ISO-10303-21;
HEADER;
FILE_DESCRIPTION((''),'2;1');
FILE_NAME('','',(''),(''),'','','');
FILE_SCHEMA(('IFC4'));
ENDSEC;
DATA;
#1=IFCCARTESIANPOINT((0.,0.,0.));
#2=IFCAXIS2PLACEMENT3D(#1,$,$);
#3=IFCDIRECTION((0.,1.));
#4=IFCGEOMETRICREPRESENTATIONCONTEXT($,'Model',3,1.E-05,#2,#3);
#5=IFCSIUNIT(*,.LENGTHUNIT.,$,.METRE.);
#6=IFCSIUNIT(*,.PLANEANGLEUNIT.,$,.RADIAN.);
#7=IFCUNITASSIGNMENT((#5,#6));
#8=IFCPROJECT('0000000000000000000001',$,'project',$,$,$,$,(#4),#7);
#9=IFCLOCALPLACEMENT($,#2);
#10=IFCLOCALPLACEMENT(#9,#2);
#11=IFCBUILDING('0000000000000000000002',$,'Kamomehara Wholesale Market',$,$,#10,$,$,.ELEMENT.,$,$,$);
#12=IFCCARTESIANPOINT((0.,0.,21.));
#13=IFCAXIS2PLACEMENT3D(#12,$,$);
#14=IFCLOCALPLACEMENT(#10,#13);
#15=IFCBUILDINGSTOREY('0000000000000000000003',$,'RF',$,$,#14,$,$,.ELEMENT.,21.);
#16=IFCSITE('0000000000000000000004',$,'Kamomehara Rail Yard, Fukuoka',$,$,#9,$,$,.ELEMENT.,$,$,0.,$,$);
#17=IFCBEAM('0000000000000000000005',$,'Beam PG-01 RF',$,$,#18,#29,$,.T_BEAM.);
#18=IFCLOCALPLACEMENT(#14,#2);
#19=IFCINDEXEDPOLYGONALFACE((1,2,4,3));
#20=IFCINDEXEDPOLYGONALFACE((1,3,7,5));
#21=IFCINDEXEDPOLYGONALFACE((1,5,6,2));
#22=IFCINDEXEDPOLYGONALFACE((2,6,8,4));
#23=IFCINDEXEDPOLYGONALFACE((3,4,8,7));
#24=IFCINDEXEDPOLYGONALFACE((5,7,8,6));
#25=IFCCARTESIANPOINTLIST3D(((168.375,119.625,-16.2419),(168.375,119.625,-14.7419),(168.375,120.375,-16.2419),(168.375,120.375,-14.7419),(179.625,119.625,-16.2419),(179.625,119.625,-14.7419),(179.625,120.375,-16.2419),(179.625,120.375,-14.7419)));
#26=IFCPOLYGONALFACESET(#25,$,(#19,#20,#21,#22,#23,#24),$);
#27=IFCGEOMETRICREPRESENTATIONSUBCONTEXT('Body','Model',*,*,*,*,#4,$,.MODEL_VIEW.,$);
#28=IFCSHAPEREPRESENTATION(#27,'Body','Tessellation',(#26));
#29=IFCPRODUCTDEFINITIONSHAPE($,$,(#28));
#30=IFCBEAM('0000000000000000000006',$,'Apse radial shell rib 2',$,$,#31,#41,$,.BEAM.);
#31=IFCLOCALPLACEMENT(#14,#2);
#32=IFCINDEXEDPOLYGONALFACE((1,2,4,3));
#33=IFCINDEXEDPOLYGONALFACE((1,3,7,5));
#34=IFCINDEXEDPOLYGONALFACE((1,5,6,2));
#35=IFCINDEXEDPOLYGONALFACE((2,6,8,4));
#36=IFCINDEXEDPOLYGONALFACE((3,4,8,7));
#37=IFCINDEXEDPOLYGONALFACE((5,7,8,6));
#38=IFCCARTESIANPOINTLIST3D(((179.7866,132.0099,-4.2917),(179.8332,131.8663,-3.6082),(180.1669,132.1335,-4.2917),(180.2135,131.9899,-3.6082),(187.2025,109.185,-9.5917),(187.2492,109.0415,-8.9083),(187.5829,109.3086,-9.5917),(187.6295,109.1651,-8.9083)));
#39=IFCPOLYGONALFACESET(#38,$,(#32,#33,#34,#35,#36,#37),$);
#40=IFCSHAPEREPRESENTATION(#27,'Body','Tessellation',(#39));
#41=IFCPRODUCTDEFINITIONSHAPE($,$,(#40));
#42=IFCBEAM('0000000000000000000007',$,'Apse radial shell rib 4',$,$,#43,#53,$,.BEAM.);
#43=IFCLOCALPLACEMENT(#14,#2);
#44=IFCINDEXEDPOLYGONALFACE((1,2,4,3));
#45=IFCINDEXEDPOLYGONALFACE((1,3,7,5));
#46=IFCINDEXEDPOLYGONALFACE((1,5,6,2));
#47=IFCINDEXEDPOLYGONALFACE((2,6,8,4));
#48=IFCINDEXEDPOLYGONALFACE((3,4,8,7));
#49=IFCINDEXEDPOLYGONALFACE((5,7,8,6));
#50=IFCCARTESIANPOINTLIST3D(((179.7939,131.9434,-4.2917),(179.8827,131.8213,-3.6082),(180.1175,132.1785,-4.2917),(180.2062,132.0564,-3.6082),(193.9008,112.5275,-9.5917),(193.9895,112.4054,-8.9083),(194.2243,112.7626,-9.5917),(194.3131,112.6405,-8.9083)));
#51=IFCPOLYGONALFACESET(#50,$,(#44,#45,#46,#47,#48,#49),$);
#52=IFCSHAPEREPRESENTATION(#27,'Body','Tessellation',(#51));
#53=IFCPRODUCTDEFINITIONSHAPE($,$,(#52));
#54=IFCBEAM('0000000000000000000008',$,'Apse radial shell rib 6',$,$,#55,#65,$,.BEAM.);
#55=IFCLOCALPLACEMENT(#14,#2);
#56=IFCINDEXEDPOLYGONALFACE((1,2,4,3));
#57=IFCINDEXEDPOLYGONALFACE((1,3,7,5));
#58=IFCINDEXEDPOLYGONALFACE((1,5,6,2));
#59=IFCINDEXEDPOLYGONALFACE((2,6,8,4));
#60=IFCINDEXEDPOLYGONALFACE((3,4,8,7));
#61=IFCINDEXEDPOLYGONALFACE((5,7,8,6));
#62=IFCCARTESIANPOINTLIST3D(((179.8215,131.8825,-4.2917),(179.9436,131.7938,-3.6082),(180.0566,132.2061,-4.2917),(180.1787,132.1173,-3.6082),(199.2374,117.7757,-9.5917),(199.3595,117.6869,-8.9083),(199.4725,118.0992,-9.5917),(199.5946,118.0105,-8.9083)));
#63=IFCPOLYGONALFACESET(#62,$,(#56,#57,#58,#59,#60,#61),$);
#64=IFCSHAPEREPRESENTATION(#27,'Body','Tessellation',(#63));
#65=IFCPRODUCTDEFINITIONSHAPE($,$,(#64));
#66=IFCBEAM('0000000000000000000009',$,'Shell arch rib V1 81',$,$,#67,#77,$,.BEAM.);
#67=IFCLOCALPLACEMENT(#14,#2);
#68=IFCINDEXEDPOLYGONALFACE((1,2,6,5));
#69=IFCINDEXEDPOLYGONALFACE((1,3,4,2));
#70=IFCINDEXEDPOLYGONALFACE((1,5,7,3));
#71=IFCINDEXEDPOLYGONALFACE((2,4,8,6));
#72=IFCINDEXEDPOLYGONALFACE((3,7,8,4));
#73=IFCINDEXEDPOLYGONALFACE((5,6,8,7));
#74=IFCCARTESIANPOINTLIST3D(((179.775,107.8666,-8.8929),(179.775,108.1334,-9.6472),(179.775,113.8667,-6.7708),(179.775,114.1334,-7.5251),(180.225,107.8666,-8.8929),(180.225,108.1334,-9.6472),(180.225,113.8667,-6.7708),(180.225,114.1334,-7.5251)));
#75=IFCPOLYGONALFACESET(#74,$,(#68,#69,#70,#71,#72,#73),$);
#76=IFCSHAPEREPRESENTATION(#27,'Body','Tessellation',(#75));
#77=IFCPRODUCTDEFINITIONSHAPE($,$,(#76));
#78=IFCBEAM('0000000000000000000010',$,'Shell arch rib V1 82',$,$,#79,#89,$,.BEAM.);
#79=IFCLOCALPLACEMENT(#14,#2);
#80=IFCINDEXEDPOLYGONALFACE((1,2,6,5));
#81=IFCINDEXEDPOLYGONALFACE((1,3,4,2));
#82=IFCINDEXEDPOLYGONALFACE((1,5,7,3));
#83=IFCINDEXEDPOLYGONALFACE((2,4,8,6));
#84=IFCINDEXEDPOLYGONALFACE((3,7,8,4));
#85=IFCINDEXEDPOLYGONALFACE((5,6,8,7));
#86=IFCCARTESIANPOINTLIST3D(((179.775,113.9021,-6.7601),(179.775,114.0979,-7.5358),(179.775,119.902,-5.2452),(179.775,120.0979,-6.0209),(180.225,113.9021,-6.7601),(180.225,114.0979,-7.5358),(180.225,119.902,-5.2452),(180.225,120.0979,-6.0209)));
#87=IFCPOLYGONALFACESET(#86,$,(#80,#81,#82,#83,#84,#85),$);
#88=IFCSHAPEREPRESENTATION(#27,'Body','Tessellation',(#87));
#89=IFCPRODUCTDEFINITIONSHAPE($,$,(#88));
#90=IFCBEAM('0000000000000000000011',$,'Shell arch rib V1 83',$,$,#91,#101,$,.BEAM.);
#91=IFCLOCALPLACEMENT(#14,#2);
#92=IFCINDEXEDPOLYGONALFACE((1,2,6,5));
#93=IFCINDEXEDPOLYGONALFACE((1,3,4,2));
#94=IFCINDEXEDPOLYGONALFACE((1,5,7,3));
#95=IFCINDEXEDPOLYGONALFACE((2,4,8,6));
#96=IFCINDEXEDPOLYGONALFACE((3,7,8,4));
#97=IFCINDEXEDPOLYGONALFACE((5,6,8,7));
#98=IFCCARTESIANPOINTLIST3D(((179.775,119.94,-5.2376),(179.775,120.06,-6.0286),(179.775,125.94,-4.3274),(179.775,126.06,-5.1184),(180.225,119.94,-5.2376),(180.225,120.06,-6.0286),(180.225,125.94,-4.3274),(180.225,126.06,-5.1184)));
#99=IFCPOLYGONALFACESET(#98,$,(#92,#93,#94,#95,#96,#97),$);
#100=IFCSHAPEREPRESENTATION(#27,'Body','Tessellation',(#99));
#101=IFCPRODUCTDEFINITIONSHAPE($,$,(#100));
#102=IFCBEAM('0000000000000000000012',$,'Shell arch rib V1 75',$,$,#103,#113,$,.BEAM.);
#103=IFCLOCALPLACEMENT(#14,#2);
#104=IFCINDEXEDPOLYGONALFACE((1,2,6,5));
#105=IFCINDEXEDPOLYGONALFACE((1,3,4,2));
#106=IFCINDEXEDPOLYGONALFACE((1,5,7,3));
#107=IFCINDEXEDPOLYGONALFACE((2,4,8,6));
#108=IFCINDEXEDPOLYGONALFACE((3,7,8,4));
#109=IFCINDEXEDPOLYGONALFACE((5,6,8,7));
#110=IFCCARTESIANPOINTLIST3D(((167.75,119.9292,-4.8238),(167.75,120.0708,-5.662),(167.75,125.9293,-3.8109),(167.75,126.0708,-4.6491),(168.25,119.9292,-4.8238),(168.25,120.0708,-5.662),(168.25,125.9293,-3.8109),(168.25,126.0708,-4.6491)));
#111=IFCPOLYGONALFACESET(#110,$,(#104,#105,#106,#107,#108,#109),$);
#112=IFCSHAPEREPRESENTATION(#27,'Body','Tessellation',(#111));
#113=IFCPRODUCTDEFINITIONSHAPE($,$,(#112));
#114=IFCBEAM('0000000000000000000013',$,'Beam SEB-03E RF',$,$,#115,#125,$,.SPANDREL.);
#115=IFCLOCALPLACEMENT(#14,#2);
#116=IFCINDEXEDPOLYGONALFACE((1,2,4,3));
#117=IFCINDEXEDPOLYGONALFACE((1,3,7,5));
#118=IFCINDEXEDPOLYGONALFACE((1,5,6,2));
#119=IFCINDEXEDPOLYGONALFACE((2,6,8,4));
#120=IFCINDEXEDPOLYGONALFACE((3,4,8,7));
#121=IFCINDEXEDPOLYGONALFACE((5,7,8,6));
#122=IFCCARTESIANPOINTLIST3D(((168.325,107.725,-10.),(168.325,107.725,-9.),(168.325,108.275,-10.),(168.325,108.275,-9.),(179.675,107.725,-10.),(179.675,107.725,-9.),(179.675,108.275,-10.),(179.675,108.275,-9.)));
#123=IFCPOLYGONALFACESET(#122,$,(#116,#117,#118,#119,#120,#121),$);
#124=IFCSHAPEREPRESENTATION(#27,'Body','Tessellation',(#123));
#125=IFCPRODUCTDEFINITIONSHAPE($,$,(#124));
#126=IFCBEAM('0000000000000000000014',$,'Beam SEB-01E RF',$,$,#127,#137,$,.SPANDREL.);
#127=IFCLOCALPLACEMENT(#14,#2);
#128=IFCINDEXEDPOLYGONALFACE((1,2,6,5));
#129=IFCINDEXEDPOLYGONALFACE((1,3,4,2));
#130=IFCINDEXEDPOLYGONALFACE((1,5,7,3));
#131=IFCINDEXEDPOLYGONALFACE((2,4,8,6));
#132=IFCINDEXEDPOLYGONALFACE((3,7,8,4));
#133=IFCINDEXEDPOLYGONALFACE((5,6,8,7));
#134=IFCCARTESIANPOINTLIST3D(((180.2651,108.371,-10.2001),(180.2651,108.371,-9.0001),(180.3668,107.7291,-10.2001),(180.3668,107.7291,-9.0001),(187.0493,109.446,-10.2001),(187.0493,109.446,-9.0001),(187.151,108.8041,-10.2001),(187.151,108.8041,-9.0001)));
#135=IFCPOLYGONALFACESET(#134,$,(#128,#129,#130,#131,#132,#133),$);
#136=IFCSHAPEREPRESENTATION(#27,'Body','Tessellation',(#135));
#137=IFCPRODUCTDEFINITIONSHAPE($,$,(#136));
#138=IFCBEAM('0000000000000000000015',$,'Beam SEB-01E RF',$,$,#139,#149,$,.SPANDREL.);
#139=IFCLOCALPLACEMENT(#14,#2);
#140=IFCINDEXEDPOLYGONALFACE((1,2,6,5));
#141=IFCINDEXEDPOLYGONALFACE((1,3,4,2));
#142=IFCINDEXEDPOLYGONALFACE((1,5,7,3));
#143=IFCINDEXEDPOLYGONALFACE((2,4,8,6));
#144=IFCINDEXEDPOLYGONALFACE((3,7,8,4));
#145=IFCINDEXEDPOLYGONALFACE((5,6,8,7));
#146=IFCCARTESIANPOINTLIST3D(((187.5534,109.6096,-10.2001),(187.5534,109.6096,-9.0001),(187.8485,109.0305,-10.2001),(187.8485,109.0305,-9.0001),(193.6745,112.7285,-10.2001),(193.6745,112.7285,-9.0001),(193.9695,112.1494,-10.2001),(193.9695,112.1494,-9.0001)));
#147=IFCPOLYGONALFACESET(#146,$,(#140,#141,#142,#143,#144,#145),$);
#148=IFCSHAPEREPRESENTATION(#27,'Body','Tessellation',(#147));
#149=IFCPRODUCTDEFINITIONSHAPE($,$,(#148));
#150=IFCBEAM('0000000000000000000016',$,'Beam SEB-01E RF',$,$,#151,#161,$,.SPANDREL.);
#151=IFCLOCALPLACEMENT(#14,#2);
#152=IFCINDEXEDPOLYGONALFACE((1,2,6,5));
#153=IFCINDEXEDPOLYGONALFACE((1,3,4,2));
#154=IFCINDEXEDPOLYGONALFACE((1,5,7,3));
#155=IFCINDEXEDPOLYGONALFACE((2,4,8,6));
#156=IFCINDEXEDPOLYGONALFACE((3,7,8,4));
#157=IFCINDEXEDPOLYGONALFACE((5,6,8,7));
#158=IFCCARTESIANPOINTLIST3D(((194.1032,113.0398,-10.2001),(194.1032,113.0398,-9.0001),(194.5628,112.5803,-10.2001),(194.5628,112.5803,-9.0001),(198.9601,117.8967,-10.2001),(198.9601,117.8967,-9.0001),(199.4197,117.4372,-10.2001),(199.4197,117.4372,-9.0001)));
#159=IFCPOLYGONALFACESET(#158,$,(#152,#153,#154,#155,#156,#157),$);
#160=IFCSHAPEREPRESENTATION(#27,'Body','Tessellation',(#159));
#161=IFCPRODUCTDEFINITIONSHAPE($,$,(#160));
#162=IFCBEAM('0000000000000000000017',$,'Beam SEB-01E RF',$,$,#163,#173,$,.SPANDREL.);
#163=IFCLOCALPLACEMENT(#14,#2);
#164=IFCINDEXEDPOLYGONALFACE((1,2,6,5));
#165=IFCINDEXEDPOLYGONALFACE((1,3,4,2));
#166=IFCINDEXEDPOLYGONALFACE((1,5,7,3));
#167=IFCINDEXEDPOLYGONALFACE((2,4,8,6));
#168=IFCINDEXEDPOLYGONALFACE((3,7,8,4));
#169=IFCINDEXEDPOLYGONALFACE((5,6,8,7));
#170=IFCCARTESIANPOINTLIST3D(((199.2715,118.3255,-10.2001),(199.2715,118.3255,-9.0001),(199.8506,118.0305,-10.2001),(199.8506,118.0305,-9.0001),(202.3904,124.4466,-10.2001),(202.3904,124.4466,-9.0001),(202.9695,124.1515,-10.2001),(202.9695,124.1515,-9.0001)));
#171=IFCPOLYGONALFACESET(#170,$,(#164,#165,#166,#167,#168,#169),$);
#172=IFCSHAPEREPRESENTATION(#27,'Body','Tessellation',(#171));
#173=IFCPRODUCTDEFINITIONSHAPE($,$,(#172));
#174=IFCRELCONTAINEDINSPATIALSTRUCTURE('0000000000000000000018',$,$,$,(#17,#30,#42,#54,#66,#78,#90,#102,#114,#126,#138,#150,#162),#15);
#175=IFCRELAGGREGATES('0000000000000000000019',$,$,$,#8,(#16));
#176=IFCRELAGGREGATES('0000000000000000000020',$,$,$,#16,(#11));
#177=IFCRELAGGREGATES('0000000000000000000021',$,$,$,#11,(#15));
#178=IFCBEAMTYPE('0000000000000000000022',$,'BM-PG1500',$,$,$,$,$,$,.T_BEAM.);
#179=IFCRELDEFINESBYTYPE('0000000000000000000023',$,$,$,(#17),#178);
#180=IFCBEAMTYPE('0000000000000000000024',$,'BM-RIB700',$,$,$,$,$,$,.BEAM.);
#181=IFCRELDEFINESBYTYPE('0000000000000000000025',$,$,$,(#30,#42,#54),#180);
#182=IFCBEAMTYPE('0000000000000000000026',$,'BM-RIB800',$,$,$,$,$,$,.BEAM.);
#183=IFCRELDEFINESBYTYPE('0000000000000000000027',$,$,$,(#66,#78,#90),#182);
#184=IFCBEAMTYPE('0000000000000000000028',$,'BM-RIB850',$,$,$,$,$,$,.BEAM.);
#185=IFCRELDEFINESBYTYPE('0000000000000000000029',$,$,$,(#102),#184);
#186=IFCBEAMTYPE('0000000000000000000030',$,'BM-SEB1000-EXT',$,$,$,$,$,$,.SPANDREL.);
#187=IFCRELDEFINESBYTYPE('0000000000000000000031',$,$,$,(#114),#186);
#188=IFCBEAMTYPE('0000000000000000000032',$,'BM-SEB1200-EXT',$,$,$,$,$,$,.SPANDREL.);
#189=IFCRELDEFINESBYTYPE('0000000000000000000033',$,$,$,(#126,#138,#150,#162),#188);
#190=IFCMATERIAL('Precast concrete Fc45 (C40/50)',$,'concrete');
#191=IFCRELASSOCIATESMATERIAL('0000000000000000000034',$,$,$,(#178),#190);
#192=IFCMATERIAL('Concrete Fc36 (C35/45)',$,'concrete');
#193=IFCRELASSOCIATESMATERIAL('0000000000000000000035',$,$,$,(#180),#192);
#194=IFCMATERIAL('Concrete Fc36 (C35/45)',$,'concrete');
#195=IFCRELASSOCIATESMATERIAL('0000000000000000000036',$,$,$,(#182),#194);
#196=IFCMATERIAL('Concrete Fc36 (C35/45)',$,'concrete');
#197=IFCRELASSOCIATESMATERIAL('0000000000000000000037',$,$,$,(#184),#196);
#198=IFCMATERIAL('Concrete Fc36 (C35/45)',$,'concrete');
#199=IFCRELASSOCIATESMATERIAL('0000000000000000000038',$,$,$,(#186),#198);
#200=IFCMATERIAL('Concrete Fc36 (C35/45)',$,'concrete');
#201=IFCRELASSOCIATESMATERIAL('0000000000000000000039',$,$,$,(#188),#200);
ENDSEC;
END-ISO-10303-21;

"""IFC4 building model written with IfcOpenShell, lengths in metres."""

from ifc_helpers import new_model, si_unit, direction, frame, origin, origin_2d, place, context, subcontext, project, spatial, rectangle, extrude, material, material_profile, profile_set, type_object, element, save


model = new_model("IFC4")

# Units and contexts
model_context = context("Model", 3, precision=1e-05, world=origin(), true_north=direction((0.0, 1.0)))
body_context = subcontext(model_context, "Body", "Model", "MODEL_VIEW")
ifc_project = project(units=[si_unit("LENGTHUNIT", "METRE"), si_unit("PLANEANGLEUNIT", "RADIAN")], contexts=[model_context])

# Site, building, storey
site_placement = place(None, origin())
site = spatial("IfcSite", under=ifc_project, at=site_placement, Name="Kamomehara Rail Yard, Fukuoka", CompositionType="ELEMENT", RefElevation=0.0)
building_placement = place(site_placement, origin())
building = spatial("IfcBuilding", under=site, at=building_placement, Name="Kamomehara Wholesale Market", CompositionType="ELEMENT")
storey_placement = place(building_placement, frame((0.0, 0.0, 21.0)))
storey = spatial("IfcBuildingStorey", under=building, at=storey_placement, Name="RF", CompositionType="ELEMENT", Elevation=21.0)

# Beams
ifc_material_1 = material(Name="Precast concrete Fc45 (C40/50)", Category="concrete")
ifc_material_profile_1 = material_profile(ifc_material_1, rectangle(XDim=0.75, YDim=1.5, at=origin_2d()), Name="PC-GRD-750x1500")
ifc_profile_set_1 = profile_set([ifc_material_profile_1], Name="Precast concrete Fc45 (C40/50)")
beam_type_1 = type_object("IfcBeamType", Name="BM-PG1500", PredefinedType="T_BEAM", material=ifc_profile_set_1)
beam_1_placement = place(storey_placement, frame((168.375, 120.0, -15.4919), z_axis=(1.0, 0.0, 0.0), x_axis=(0.0, 1.0, 0.0)))
element("IfcBeam", 1, at=beam_1_placement, inside=storey, type_object=beam_type_1, Name="Beam PG-01 RF", PredefinedType="T_BEAM", context=body_context, shape_type="SweptSolid", body=[
    extrude(rectangle(XDim=0.75, YDim=1.5, at=origin_2d()), origin(), (0.0, 0.0, 1.0), 11.25),
])
ifc_material_2 = material(Name="Concrete Fc36 (C35/45)", Category="concrete")
ifc_material_profile_2 = material_profile(ifc_material_2, rectangle(XDim=0.3999, YDim=0.7, at=origin_2d()), Name="RC-RIB-400x700")
ifc_profile_set_2 = profile_set([ifc_material_profile_2], Name="Concrete Fc36 (C35/45)")
beam_type_2 = type_object("IfcBeamType", Name="BM-RIB700", PredefinedType="BEAM", material=ifc_profile_set_2)
beam_2_placement = place(storey_placement, frame((187.416, 109.175, -9.25), z_axis=(-0.301737, 0.928683, 0.215644), x_axis=(-0.95106, -0.309007, 0.0)))
element("IfcBeam", 2, at=beam_2_placement, inside=storey, type_object=beam_type_2, Name="Apse radial shell rib 2", PredefinedType="BEAM", context=body_context, shape_type="SweptSolid", body=[
    extrude(rectangle(XDim=0.3999, YDim=0.7, at=origin_2d()), origin(), (0.0, 0.0, 1.0), 24.5776),
])
for number, where, z_axis, x_axis, name in (
    (3, (194.1069, 112.584, -9.25), (-0.573966, 0.789976, 0.215642), (-0.80901, -0.587795, 0.0), "Apse radial shell rib 4"),
    (4, (199.416, 117.8931, -9.25), (-0.789976, 0.573966, 0.215642), (-0.587795, -0.80901, 0.0), "Apse radial shell rib 6"),
):
    element("IfcBeam", number, at=place(storey_placement, frame(where, z_axis=z_axis, x_axis=x_axis)), inside=storey, type_object=beam_type_2, Name=name, PredefinedType="BEAM", context=body_context, shape_type="SweptSolid", body=[
        extrude(rectangle(XDim=0.3999, YDim=0.7, at=origin_2d()), origin(), (0.0, 0.0, 1.0), 24.5779),
    ])
ifc_material_3 = material(Name="Concrete Fc36 (C35/45)", Category="concrete")
ifc_material_profile_3 = material_profile(ifc_material_3, rectangle(XDim=0.45, YDim=0.8, at=origin_2d()), Name="RC-RIB-450x800")
ifc_profile_set_3 = profile_set([ifc_material_profile_3], Name="Concrete Fc36 (C35/45)")
beam_type_3 = type_object("IfcBeamType", Name="BM-RIB800", PredefinedType="BEAM", material=ifc_profile_set_3)
beam_3_placement = place(storey_placement, frame((180.0, 108.0, -9.27), z_axis=(0.0, 0.942772, 0.333438), x_axis=(-1.0, 0.0, 0.0)))
element("IfcBeam", 5, at=beam_3_placement, inside=storey, type_object=beam_type_3, Name="Shell arch rib V1 81", PredefinedType="BEAM", context=body_context, shape_type="SweptSolid", body=[
    extrude(rectangle(XDim=0.45, YDim=0.8, at=origin_2d()), origin(), (0.0, 0.0, 1.0), 6.3643),
])
beam_4_placement = place(storey_placement, frame((180.0, 114.0, -7.1479), z_axis=(0.0, 0.969574, 0.2448), x_axis=(-1.0, 0.0, 0.0)))
element("IfcBeam", 6, at=beam_4_placement, inside=storey, type_object=beam_type_3, Name="Shell arch rib V1 82", PredefinedType="BEAM", context=body_context, shape_type="SweptSolid", body=[
    extrude(rectangle(XDim=0.45, YDim=0.8, at=origin_2d()), origin(), (0.0, 0.0, 1.0), 6.1882),
])
beam_5_placement = place(storey_placement, frame((180.0, 120.0, -5.6331), z_axis=(0.0, 0.988689, 0.149977), x_axis=(-1.0, 0.0, 0.0)))
element("IfcBeam", 7, at=beam_5_placement, inside=storey, type_object=beam_type_3, Name="Shell arch rib V1 83", PredefinedType="BEAM", context=body_context, shape_type="SweptSolid", body=[
    extrude(rectangle(XDim=0.45, YDim=0.8, at=origin_2d()), origin(), (0.0, 0.0, 1.0), 6.0686),
])
ifc_material_4 = material(Name="Concrete Fc36 (C35/45)", Category="concrete")
ifc_material_profile_4 = material_profile(ifc_material_4, rectangle(XDim=0.5, YDim=0.8501, at=origin_2d()), Name="RC-RIB-500x850")
ifc_profile_set_4 = profile_set([ifc_material_profile_4], Name="Concrete Fc36 (C35/45)")
beam_type_4 = type_object("IfcBeamType", Name="BM-RIB850", PredefinedType="BEAM", material=ifc_profile_set_4)
beam_6_placement = place(storey_placement, frame((168.0, 120.0, -5.2429), z_axis=(0.0, 0.986047, 0.166468), x_axis=(-1.0, 0.0, 0.0)))
element("IfcBeam", 8, at=beam_6_placement, inside=storey, type_object=beam_type_4, Name="Shell arch rib V1 75", PredefinedType="BEAM", context=body_context, shape_type="SweptSolid", body=[
    extrude(rectangle(XDim=0.5, YDim=0.8501, at=origin_2d()), origin(), (0.0, 0.0, 1.0), 6.085),
])
ifc_material_5 = material(Name="Concrete Fc36 (C35/45)", Category="concrete")
ifc_material_profile_5 = material_profile(ifc_material_5, rectangle(XDim=0.55, YDim=1.0, at=origin_2d()), Name="RC-SEB-550x1000")
ifc_profile_set_5 = profile_set([ifc_material_profile_5], Name="Concrete Fc36 (C35/45)")
beam_type_5 = type_object("IfcBeamType", Name="BM-SEB1000-EXT", PredefinedType="SPANDREL", material=ifc_profile_set_5)
beam_7_placement = place(storey_placement, frame((168.325, 108.0, -9.5), z_axis=(1.0, 0.0, 0.0), x_axis=(0.0, 1.0, 0.0)))
element("IfcBeam", 9, at=beam_7_placement, inside=storey, type_object=beam_type_5, Name="Beam SEB-03E RF", PredefinedType="SPANDREL", context=body_context, shape_type="SweptSolid", body=[
    extrude(rectangle(XDim=0.55, YDim=1.0, at=origin_2d()), origin(), (0.0, 0.0, 1.0), 11.3501),
])
ifc_material_6 = material(Name="Concrete Fc36 (C35/45)", Category="concrete")
ifc_material_profile_6 = material_profile(ifc_material_6, rectangle(XDim=0.6499, YDim=1.2, at=origin_2d()), Name="RC-SEB-650x1200")
ifc_profile_set_6 = profile_set([ifc_material_profile_6], Name="Concrete Fc36 (C35/45)")
beam_type_6 = type_object("IfcBeamType", Name="BM-SEB1200-EXT", PredefinedType="SPANDREL", material=ifc_profile_set_6)
beam_8_placement = place(storey_placement, frame((180.3159, 108.05, -9.6001), z_axis=(0.987678, 0.156497, 0.0), x_axis=(-0.156497, 0.987678, 0.0)))
element("IfcBeam", 10, at=beam_8_placement, inside=storey, type_object=beam_type_6, Name="Beam SEB-01E RF", PredefinedType="SPANDREL", context=body_context, shape_type="SweptSolid", body=[
    extrude(rectangle(XDim=0.6499, YDim=1.2, at=origin_2d()), origin(), (0.0, 0.0, 1.0), 6.8689),
])
beam_9_placement = place(storey_placement, frame((187.7009, 109.3201, -9.6001), z_axis=(0.891004, 0.453996, 0.0), x_axis=(-0.453996, 0.891004, 0.0)))
element("IfcBeam", 11, at=beam_9_placement, inside=storey, type_object=beam_type_6, Name="Beam SEB-01E RF", PredefinedType="SPANDREL", context=body_context, shape_type="SweptSolid", body=[
    extrude(rectangle(XDim=0.6499, YDim=1.2, at=origin_2d()), origin(), (0.0, 0.0, 1.0), 6.8699),
])
beam_10_placement = place(storey_placement, frame((194.333, 112.8101, -9.6001), z_axis=(0.707107, 0.707107, 0.0), x_axis=(-0.707107, 0.707107, 0.0)))
element("IfcBeam", 12, at=beam_10_placement, inside=storey, type_object=beam_type_6, Name="Beam SEB-01E RF", PredefinedType="SPANDREL", context=body_context, shape_type="SweptSolid", body=[
    extrude(rectangle(XDim=0.6499, YDim=1.2, at=origin_2d()), origin(), (0.0, 0.0, 1.0), 6.8687),
])
beam_11_placement = place(storey_placement, frame((199.561, 118.178, -9.6001), z_axis=(0.453996, 0.891004, 0.0), x_axis=(-0.891004, 0.453996, 0.0)))
element("IfcBeam", 13, at=beam_11_placement, inside=storey, type_object=beam_type_6, Name="Beam SEB-01E RF", PredefinedType="SPANDREL", context=body_context, shape_type="SweptSolid", body=[
    extrude(rectangle(XDim=0.6499, YDim=1.2, at=origin_2d()), origin(), (0.0, 0.0, 1.0), 6.8699),
])

save(model, "model.ifc")
